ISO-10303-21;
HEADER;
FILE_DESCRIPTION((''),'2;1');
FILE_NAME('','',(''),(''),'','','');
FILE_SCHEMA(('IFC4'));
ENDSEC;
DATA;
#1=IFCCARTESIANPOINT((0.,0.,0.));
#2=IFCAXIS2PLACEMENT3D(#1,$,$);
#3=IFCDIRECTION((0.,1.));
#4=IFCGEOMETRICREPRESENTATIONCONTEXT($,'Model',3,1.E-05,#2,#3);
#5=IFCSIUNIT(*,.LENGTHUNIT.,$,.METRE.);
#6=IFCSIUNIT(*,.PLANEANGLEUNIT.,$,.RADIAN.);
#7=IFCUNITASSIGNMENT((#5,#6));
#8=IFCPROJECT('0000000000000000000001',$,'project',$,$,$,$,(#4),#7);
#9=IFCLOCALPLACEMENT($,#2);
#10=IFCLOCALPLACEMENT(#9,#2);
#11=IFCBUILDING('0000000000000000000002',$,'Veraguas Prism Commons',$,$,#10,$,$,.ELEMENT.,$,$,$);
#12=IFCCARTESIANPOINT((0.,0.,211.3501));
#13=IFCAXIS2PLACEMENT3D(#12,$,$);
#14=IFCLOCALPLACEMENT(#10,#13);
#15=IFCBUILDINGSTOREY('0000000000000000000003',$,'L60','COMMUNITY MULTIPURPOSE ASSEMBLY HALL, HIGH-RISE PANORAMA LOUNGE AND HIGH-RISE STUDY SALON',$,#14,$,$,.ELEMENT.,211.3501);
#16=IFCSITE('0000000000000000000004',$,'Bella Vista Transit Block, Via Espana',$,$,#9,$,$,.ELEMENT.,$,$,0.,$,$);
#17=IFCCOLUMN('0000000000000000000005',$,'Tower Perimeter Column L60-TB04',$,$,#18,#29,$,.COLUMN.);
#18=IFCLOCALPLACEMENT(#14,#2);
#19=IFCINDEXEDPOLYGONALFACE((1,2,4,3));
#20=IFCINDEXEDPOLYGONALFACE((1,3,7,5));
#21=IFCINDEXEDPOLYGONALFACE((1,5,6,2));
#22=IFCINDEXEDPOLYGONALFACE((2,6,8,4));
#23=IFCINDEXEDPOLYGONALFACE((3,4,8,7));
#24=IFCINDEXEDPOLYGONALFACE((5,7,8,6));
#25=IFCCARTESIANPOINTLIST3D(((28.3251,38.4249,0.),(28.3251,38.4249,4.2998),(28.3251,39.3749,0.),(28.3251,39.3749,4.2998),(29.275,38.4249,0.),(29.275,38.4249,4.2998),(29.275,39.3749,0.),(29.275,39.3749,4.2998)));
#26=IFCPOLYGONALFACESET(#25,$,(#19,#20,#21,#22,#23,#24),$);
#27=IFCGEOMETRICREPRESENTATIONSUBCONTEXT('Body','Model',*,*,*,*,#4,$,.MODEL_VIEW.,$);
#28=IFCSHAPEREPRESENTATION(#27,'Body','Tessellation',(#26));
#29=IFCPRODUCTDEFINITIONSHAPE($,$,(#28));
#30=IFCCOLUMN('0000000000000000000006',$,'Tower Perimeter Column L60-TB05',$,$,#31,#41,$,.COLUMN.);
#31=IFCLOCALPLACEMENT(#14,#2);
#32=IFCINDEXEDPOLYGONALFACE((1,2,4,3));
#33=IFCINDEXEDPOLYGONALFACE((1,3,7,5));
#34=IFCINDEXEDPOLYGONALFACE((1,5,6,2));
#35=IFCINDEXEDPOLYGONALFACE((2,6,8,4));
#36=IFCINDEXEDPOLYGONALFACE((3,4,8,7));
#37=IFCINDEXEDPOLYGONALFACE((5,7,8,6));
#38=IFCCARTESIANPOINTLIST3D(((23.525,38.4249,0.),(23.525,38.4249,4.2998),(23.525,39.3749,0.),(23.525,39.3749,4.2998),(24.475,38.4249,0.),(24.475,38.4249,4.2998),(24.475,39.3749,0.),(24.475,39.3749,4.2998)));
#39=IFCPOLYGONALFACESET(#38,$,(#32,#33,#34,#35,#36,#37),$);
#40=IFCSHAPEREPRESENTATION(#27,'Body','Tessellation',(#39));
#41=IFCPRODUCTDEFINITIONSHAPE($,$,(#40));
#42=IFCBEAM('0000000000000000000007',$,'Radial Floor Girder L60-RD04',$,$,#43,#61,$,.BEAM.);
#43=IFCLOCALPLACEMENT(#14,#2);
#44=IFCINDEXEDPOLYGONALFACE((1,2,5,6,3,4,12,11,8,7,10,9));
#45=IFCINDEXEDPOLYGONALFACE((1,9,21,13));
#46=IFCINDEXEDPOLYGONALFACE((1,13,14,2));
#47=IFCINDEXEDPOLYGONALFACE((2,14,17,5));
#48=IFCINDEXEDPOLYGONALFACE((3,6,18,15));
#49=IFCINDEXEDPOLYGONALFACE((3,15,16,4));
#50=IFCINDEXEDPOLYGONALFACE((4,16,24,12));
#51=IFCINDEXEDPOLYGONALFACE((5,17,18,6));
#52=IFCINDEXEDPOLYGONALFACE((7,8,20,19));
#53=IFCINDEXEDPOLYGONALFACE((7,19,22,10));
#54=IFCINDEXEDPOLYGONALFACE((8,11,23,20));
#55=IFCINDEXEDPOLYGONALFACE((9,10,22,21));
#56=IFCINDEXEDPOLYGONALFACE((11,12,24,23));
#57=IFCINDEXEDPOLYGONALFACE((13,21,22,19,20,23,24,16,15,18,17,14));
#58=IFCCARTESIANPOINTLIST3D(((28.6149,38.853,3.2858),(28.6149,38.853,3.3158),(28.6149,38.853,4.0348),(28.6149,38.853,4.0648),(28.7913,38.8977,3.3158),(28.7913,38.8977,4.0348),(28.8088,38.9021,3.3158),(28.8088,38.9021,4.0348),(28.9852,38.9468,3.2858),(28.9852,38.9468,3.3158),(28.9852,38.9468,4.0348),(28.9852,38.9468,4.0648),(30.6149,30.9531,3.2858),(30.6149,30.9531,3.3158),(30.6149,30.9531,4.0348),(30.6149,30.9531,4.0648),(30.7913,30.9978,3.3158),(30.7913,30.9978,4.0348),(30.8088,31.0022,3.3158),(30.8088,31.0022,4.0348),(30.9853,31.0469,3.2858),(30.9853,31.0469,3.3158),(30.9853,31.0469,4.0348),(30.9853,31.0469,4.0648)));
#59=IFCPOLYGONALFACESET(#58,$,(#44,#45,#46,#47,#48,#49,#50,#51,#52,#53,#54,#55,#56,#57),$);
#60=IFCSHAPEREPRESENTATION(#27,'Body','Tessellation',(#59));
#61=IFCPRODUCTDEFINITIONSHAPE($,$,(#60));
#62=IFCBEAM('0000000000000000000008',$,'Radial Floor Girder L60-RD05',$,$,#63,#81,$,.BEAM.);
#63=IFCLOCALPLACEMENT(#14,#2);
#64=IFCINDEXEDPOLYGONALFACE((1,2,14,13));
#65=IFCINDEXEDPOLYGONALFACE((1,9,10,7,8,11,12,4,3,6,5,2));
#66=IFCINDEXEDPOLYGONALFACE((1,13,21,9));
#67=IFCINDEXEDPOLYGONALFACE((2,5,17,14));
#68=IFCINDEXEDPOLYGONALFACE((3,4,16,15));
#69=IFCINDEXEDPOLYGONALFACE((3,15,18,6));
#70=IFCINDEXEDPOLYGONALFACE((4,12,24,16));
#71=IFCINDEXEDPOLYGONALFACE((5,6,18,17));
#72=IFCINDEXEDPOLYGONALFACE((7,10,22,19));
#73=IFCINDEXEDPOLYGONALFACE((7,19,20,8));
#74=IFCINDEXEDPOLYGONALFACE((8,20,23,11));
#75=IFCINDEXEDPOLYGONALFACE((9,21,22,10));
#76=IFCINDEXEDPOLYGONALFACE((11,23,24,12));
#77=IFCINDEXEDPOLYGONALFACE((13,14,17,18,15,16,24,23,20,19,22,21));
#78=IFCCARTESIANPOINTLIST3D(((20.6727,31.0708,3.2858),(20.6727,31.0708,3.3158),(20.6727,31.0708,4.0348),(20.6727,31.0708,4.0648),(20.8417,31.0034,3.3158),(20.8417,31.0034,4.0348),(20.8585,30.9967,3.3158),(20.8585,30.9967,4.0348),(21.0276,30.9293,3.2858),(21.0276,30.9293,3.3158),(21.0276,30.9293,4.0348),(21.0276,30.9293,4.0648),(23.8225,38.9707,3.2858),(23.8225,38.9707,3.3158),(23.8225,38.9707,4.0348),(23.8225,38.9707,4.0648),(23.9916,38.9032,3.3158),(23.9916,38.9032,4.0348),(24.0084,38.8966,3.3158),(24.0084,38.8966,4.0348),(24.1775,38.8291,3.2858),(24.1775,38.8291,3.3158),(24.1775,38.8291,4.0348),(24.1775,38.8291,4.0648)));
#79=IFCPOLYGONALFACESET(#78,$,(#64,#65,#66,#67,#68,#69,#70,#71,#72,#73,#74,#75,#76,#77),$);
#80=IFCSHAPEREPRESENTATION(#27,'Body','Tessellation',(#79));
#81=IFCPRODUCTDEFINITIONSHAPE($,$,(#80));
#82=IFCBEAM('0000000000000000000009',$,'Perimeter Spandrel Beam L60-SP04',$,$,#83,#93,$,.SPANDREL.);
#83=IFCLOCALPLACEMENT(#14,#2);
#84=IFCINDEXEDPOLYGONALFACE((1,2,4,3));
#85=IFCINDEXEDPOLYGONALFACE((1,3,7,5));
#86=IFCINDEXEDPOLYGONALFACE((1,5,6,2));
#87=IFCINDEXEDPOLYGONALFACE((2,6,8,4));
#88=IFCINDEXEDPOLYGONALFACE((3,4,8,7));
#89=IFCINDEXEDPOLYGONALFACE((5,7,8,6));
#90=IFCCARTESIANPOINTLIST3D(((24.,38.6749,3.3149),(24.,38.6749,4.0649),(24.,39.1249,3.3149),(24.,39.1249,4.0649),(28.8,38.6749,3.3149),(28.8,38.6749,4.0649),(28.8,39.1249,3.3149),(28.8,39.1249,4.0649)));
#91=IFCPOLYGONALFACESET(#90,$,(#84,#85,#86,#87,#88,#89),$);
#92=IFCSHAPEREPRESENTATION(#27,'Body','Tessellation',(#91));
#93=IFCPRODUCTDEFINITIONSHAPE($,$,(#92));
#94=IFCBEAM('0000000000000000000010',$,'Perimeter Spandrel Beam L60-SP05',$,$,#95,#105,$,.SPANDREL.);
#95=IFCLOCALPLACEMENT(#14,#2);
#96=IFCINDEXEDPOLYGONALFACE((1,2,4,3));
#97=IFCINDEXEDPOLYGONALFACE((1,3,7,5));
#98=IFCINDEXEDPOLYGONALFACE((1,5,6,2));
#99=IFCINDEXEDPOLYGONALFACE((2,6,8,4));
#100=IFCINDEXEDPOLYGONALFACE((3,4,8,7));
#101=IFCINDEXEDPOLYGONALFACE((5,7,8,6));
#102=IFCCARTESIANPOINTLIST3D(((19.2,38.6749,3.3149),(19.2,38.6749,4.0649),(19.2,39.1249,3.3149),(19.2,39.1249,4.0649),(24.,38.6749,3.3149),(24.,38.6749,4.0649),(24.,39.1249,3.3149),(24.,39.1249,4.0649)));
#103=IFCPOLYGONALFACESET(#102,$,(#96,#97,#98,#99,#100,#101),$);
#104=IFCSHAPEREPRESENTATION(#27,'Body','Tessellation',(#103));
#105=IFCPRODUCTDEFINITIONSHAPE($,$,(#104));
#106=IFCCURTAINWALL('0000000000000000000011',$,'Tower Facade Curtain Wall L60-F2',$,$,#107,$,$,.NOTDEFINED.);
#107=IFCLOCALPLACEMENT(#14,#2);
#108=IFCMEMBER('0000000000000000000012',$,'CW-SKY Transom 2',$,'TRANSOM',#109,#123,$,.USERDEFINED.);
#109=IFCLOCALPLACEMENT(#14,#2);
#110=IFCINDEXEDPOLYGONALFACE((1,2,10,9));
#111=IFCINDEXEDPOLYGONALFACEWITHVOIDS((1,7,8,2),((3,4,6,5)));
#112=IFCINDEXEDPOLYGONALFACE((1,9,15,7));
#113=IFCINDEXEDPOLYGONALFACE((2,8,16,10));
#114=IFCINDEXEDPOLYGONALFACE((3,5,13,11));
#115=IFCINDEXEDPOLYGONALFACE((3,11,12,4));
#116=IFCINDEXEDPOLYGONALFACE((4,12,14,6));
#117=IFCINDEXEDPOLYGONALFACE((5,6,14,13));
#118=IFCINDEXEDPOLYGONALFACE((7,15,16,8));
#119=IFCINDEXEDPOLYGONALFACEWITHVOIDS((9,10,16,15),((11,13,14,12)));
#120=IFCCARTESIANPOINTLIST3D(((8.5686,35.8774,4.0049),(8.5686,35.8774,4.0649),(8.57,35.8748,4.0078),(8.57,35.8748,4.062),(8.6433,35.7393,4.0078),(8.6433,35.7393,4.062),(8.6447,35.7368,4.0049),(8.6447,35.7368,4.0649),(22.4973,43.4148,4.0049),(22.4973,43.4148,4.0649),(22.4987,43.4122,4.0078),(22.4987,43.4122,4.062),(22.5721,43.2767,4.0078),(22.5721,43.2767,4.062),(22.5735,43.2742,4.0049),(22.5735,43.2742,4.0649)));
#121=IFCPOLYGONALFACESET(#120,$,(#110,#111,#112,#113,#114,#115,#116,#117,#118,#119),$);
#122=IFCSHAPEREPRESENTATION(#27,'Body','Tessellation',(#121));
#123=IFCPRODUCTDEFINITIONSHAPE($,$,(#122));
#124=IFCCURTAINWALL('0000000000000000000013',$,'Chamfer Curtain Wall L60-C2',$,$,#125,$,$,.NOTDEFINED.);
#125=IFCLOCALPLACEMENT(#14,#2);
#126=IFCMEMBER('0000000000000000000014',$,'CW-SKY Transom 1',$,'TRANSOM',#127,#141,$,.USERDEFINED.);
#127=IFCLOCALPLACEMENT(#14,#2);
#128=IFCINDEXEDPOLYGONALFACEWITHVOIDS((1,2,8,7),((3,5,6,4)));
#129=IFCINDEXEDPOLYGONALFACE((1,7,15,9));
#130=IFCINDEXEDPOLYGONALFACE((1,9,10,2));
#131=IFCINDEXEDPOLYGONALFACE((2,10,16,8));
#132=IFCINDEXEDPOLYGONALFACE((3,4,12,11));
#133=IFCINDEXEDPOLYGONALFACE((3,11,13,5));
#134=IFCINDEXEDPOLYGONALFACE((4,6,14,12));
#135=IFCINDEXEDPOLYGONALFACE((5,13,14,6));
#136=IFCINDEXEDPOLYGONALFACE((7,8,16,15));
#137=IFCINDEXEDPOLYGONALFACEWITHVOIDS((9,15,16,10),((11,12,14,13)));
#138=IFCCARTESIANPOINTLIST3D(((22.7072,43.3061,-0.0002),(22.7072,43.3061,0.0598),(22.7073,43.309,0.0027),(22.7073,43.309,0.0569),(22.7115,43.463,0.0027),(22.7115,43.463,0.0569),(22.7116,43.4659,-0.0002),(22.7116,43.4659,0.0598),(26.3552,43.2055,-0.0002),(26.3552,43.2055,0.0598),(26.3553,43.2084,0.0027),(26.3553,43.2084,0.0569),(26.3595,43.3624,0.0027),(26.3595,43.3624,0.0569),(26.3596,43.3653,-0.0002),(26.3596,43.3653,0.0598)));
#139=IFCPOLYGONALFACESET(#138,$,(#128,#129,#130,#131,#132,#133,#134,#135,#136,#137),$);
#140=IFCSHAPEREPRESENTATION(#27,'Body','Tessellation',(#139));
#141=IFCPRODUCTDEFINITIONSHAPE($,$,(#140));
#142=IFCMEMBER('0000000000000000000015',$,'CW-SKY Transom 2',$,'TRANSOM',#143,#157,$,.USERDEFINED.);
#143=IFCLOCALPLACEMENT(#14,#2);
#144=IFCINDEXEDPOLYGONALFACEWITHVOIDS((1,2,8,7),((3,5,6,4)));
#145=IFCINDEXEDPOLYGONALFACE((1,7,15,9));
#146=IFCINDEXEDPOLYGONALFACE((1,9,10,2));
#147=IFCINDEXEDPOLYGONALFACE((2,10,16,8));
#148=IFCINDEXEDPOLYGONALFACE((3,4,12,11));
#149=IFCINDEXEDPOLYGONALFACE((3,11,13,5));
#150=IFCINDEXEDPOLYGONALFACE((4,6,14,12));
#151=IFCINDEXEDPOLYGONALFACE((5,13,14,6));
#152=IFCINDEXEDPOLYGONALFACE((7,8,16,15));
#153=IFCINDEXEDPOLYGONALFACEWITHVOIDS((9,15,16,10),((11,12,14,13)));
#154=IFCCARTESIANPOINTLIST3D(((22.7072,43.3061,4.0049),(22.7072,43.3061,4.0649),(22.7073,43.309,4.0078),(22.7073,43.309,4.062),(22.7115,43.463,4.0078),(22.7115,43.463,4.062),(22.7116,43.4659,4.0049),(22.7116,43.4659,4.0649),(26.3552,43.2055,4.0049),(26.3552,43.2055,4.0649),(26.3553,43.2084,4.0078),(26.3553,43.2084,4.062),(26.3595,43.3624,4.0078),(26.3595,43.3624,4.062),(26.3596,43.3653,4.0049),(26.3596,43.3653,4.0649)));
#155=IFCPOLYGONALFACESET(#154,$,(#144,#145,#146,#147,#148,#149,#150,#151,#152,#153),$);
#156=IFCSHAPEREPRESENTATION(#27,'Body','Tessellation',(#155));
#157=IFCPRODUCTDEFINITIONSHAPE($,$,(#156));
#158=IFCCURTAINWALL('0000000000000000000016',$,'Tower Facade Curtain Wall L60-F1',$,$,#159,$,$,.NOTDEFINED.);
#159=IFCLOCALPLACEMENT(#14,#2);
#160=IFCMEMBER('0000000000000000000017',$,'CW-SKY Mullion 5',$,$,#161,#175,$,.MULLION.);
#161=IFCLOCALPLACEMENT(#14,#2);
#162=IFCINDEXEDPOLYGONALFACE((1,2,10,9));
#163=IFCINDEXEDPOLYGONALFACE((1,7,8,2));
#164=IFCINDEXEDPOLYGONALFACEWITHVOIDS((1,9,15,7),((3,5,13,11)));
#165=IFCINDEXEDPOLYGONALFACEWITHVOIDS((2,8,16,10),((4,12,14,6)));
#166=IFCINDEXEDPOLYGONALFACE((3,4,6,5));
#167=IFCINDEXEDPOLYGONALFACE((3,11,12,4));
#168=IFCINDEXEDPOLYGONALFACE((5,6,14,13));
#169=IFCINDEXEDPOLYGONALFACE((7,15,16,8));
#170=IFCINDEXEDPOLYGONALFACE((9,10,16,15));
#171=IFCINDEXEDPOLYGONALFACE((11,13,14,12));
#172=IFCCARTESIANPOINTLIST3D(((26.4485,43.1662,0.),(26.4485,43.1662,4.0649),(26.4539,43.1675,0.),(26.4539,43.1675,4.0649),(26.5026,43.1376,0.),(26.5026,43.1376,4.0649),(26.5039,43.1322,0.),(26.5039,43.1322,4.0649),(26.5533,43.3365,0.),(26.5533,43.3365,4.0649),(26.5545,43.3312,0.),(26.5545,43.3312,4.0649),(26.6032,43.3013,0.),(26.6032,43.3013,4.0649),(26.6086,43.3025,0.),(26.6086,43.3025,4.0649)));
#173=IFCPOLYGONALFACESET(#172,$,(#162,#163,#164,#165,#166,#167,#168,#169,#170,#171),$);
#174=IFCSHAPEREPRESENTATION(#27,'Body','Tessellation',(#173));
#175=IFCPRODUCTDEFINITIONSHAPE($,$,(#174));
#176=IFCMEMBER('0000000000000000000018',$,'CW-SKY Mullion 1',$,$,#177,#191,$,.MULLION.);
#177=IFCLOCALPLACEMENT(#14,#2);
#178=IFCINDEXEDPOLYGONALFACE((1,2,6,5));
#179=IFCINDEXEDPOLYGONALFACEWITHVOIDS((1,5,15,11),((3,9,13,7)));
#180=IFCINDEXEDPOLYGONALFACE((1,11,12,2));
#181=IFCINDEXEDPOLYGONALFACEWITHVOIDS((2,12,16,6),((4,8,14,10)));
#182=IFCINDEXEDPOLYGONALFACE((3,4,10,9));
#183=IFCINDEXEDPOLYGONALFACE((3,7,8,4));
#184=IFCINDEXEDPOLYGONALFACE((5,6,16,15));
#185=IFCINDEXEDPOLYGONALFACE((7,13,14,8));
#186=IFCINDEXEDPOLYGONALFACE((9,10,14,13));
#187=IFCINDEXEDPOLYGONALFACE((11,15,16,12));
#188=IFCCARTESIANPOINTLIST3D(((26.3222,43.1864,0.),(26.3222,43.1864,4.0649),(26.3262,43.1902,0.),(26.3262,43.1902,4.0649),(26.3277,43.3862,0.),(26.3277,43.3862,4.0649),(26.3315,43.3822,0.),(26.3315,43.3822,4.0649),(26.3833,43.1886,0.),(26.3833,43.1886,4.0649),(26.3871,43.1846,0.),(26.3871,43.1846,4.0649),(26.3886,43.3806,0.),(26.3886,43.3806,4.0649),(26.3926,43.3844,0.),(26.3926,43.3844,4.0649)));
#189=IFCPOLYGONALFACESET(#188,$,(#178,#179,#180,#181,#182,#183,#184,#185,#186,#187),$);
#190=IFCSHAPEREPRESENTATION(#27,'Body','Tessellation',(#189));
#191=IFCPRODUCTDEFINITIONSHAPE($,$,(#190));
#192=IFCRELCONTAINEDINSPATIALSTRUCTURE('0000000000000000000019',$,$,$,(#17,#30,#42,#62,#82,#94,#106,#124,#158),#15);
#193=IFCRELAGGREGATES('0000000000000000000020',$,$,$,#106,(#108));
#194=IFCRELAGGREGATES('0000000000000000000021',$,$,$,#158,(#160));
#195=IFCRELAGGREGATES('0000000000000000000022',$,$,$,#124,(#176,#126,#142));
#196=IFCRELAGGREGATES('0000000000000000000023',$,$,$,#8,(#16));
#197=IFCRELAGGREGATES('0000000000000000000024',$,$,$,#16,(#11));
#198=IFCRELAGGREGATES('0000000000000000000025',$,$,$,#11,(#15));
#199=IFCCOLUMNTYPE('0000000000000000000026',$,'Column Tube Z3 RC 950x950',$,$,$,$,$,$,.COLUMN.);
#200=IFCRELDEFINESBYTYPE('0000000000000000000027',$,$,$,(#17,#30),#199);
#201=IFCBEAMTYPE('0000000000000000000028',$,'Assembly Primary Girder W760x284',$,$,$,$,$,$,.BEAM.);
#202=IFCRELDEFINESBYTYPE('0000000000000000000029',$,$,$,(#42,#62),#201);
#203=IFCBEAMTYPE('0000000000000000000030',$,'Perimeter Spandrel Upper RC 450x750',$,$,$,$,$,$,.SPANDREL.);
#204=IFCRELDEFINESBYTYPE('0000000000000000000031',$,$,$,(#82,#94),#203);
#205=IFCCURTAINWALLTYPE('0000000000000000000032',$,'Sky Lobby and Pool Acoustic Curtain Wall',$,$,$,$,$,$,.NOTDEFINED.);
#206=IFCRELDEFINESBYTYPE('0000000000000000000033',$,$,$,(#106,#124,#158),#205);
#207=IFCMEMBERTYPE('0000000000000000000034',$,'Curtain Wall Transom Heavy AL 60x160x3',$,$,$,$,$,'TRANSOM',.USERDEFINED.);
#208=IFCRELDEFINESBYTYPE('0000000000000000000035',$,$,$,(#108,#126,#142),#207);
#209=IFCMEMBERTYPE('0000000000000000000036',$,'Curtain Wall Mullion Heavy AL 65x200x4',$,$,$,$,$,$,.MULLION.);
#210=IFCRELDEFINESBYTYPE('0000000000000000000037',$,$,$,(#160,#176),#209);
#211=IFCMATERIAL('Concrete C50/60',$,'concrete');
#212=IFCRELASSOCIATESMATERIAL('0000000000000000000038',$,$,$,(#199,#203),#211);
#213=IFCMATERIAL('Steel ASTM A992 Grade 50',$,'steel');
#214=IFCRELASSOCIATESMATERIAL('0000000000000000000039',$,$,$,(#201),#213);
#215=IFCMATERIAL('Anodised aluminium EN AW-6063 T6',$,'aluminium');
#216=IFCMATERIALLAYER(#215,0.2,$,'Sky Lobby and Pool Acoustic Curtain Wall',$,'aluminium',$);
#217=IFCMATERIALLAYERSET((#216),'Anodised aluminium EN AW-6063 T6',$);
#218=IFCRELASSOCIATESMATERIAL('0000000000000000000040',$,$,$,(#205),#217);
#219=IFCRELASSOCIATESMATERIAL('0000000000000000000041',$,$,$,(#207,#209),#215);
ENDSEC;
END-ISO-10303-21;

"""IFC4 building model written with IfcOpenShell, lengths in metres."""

from ifc_helpers import new_model, si_unit, direction, frame, origin, origin_2d, place, context, subcontext, project, spatial, rectangle, hollow_rectangle, i_section, extrude, source, transform, mapped, material, layer, layer_set, material_profile, profile_set, type_object, element, aggregate, save


model = new_model("IFC4")

# Units and contexts
model_context = context("Model", 3, precision=1e-05, world=origin(), true_north=direction((0.0, 1.0)))
body_context = subcontext(model_context, "Body", "Model", "MODEL_VIEW")
ifc_project = project(units=[si_unit("LENGTHUNIT", "METRE"), si_unit("PLANEANGLEUNIT", "RADIAN")], contexts=[model_context])

# Site, building, storey
site_placement = place(None, origin())
site = spatial("IfcSite", under=ifc_project, at=site_placement, Name="Bella Vista Transit Block, Via Espana", CompositionType="ELEMENT", RefElevation=0.0)
building_placement = place(site_placement, origin())
building = spatial("IfcBuilding", under=site, at=building_placement, Name="Veraguas Prism Commons", CompositionType="ELEMENT")
storey_placement = place(building_placement, frame((0.0, 0.0, 211.3501)))
storey = spatial("IfcBuildingStorey", under=building, at=storey_placement, Name="L60", Description="COMMUNITY MULTIPURPOSE ASSEMBLY HALL, HIGH-RISE PANORAMA LOUNGE AND HIGH-RISE STUDY SALON", CompositionType="ELEMENT", Elevation=211.3501)

# Columns
ifc_material_1 = material(Name="Concrete C50/60", Category="concrete")
ifc_material_profile_1 = material_profile(ifc_material_1, rectangle(XDim=0.95, YDim=0.95, at=origin_2d()), Name="RC950X950")
ifc_profile_set_1 = profile_set([ifc_material_profile_1], Name="Concrete C50/60")
column_type = type_object("IfcColumnType", Name="Column Tube Z3 RC 950x950", PredefinedType="COLUMN", material=ifc_profile_set_1)
for number, where, z_axis, x_axis, name in (
    (1, (28.8, 38.8999, 0.0), (0.0, 0.0, 1.0), (1.0, 0.0, 0.0), "Tower Perimeter Column L60-TB04"),
    (2, (24.0, 38.8999, 0.0), (0.0, 0.0, 1.0), (1.0, 0.0, 0.0), "Tower Perimeter Column L60-TB05"),
):
    element("IfcColumn", number, at=place(storey_placement, frame(where, z_axis=z_axis, x_axis=x_axis)), inside=storey, type_object=column_type, Name=name, PredefinedType="COLUMN", context=body_context, shape_type="SweptSolid", body=[
        extrude(rectangle(XDim=0.95, YDim=0.95, at=origin_2d()), origin(), (0.0, 0.0, 1.0), 4.2998),
    ])

# Beams
ifc_material_2 = material(Name="Steel ASTM A992 Grade 50", Category="steel")
ifc_material_profile_2 = material_profile(ifc_material_2, i_section(OverallWidth=0.3821, OverallDepth=0.7791, WebThickness=0.0181, FlangeThickness=0.03, at=origin_2d()), Name="W760X284")
ifc_profile_set_2 = profile_set([ifc_material_profile_2], Name="Steel ASTM A992 Grade 50")
beam_type_1 = type_object("IfcBeamType", Name="Assembly Primary Girder W760x284", PredefinedType="BEAM", material=ifc_profile_set_2)
beam_1_placement = place(storey_placement, frame((28.8, 38.8999, 3.6753), z_axis=(0.245425, -0.969416, 0.0), x_axis=(0.969416, 0.245425, 0.0)))
element("IfcBeam", 3, at=beam_1_placement, inside=storey, type_object=beam_type_1, Name="Radial Floor Girder L60-RD04", PredefinedType="BEAM", context=body_context, shape_type="SweptSolid", body=[
    extrude(i_section(OverallWidth=0.3821, OverallDepth=0.7791, WebThickness=0.0181, FlangeThickness=0.03, at=origin_2d()), origin(), (0.0, 0.0, 1.0), 8.1492),
])
beam_2_placement = place(storey_placement, frame((24.0, 38.8999, 3.6753), z_axis=(-0.370371, -0.928884, 0.0), x_axis=(0.928884, -0.370371, 0.0)))
element("IfcBeam", 4, at=beam_2_placement, inside=storey, type_object=beam_type_1, Name="Radial Floor Girder L60-RD05", PredefinedType="BEAM", context=body_context, shape_type="SweptSolid", body=[
    extrude(i_section(OverallWidth=0.3821, OverallDepth=0.7791, WebThickness=0.0181, FlangeThickness=0.03, at=origin_2d()), origin(), (0.0, 0.0, 1.0), 8.5046),
])
ifc_material_profile_3 = material_profile(ifc_material_1, rectangle(XDim=0.45, YDim=0.75, at=origin_2d()), Name="RC450X750")
ifc_profile_set_3 = profile_set([ifc_material_profile_3], Name="Concrete C50/60")
beam_type_2 = type_object("IfcBeamType", Name="Perimeter Spandrel Upper RC 450x750", PredefinedType="SPANDREL", material=ifc_profile_set_3)
for number, where, z_axis, x_axis, name in (
    (5, (28.8, 38.8999, 3.6899), (-1.0, 0.0, 0.0), (0.0, -1.0, 0.0), "Perimeter Spandrel Beam L60-SP04"),
    (6, (24.0, 38.8999, 3.6899), (-1.0, 0.0, 0.0), (0.0, -1.0, 0.0), "Perimeter Spandrel Beam L60-SP05"),
):
    element("IfcBeam", number, at=place(storey_placement, frame(where, z_axis=z_axis, x_axis=x_axis)), inside=storey, type_object=beam_type_2, Name=name, PredefinedType="SPANDREL", context=body_context, shape_type="SweptSolid", body=[
        extrude(rectangle(XDim=0.45, YDim=0.75, at=origin_2d()), origin(), (0.0, 0.0, 1.0), 4.8),
    ])

# Curtain wall, member
ifc_material_3 = material(Name="Anodised aluminium EN AW-6063 T6", Category="aluminium")
ifc_layer_1 = layer(ifc_material_3, 0.2, Name="Sky Lobby and Pool Acoustic Curtain Wall", Category="aluminium")
ifc_layer_set_1 = layer_set([ifc_layer_1], Name="Anodised aluminium EN AW-6063 T6")
curtain_wall_type = type_object("IfcCurtainWallType", Name="Sky Lobby and Pool Acoustic Curtain Wall", PredefinedType="NOTDEFINED", material=ifc_layer_set_1)
curtain_wall_1_placement = place(storey_placement, origin())
curtain_wall_1 = element("IfcCurtainWall", 7, at=curtain_wall_1_placement, inside=storey, type_object=curtain_wall_type, Name="Tower Facade Curtain Wall L60-F2", PredefinedType="NOTDEFINED")
ifc_material_profile_4 = material_profile(ifc_material_3, hollow_rectangle(XDim=0.0601, YDim=0.1599, WallThickness=0.0029, at=origin_2d()), Name="AL60X160X3")
ifc_profile_set_4 = profile_set([ifc_material_profile_4], Name="Anodised aluminium EN AW-6063 T6")
member_type_1 = type_object("IfcMemberType", Name="Curtain Wall Transom Heavy AL 60x160x3", ElementType="TRANSOM", PredefinedType="USERDEFINED", material=ifc_profile_set_4)
shared_shape_1 = source(origin(), body_context, "Body", "SweptSolid", [
    extrude(hollow_rectangle(XDim=0.0601, YDim=0.1599, WallThickness=0.0029, at=origin_2d()), origin(), (0.0, 0.0, 1.0), 15.8374),
])
member_1_placement = place(storey_placement, frame((22.5354, 43.3445, 4.0349), z_axis=(-0.879487, -0.475924, 0.0), x_axis=(0.0, 0.0, 1.0)))
member_1 = element("IfcMember", 8, at=member_1_placement, type_object=member_type_1, Name="CW-SKY Transom 2", ObjectType="TRANSOM", PredefinedType="USERDEFINED", context=body_context, shape_type="MappedRepresentation", body=[
    mapped(shared_shape_1, transform((0.0, 0.0, 0.0), scale=1.0)),
])
aggregate(curtain_wall_1, [member_1])

# Curtain wall, members
curtain_wall_2_placement = place(storey_placement, origin())
curtain_wall_2 = element("IfcCurtainWall", 9, at=curtain_wall_2_placement, inside=storey, type_object=curtain_wall_type, Name="Chamfer Curtain Wall L60-C2", PredefinedType="NOTDEFINED")
shared_shape_2 = source(origin(), body_context, "Body", "SweptSolid", [
    extrude(hollow_rectangle(XDim=0.0601, YDim=0.1599, WallThickness=0.0029, at=origin_2d()), origin(), (0.0, 0.0, 1.0), 3.6494),
])
member_2_placement = place(storey_placement, frame((26.3574, 43.2854, 0.0298), z_axis=(-0.99962, 0.027563, 0.0), x_axis=(0.0, 0.0, 1.0)))
member_2 = element("IfcMember", 10, at=member_2_placement, type_object=member_type_1, Name="CW-SKY Transom 1", ObjectType="TRANSOM", PredefinedType="USERDEFINED", context=body_context, shape_type="MappedRepresentation", body=[
    mapped(shared_shape_2, transform((0.0, 0.0, 0.0), scale=1.0)),
])
member_3_placement = place(storey_placement, frame((26.3574, 43.2854, 4.0349), z_axis=(-0.99962, 0.027563, 0.0), x_axis=(0.0, 0.0, 1.0)))
member_3 = element("IfcMember", 11, at=member_3_placement, type_object=member_type_1, Name="CW-SKY Transom 2", ObjectType="TRANSOM", PredefinedType="USERDEFINED", context=body_context, shape_type="MappedRepresentation", body=[
    mapped(shared_shape_2, transform((0.0, 0.0, 0.0), scale=1.0)),
])

# Curtain wall, member
curtain_wall_3_placement = place(storey_placement, origin())
curtain_wall_3 = element("IfcCurtainWall", 12, at=curtain_wall_3_placement, inside=storey, type_object=curtain_wall_type, Name="Tower Facade Curtain Wall L60-F1", PredefinedType="NOTDEFINED")
ifc_material_profile_5 = material_profile(ifc_material_3, hollow_rectangle(XDim=0.0649, YDim=0.2, WallThickness=0.0039, at=origin_2d()), Name="AL65X200X4")
ifc_profile_set_5 = profile_set([ifc_material_profile_5], Name="Anodised aluminium EN AW-6063 T6")
member_type_2 = type_object("IfcMemberType", Name="Curtain Wall Mullion Heavy AL 65x200x4", PredefinedType="MULLION", material=ifc_profile_set_5)
shared_shape_3 = source(origin(), body_context, "Body", "SweptSolid", [
    extrude(hollow_rectangle(XDim=0.0649, YDim=0.2, WallThickness=0.0039, at=origin_2d()), origin(), (0.0, 0.0, 1.0), 4.0649),
])
member_4_placement = place(storey_placement, frame((26.5286, 43.2344, 0.0), z_axis=(0.0, 0.0, 1.0), x_axis=(-0.851909, 0.52369, 0.0)))
member_4 = element("IfcMember", 13, at=member_4_placement, type_object=member_type_2, Name="CW-SKY Mullion 5", PredefinedType="MULLION", context=body_context, shape_type="MappedRepresentation", body=[
    mapped(shared_shape_3, transform((0.0, 0.0, 0.0), scale=1.0)),
])

# Member
member_5_placement = place(storey_placement, frame((26.3574, 43.2854, 0.0), z_axis=(0.0, 0.0, 1.0), x_axis=(-0.999621, 0.027541, 0.0)))
member_5 = element("IfcMember", 14, at=member_5_placement, type_object=member_type_2, Name="CW-SKY Mullion 1", PredefinedType="MULLION", context=body_context, shape_type="MappedRepresentation", body=[
    mapped(shared_shape_3, transform((0.0, 0.0, 0.0), scale=1.0)),
])

aggregate(curtain_wall_3, [member_4])
aggregate(curtain_wall_2, [member_5, member_2, member_3])

save(model, "model.ifc")
